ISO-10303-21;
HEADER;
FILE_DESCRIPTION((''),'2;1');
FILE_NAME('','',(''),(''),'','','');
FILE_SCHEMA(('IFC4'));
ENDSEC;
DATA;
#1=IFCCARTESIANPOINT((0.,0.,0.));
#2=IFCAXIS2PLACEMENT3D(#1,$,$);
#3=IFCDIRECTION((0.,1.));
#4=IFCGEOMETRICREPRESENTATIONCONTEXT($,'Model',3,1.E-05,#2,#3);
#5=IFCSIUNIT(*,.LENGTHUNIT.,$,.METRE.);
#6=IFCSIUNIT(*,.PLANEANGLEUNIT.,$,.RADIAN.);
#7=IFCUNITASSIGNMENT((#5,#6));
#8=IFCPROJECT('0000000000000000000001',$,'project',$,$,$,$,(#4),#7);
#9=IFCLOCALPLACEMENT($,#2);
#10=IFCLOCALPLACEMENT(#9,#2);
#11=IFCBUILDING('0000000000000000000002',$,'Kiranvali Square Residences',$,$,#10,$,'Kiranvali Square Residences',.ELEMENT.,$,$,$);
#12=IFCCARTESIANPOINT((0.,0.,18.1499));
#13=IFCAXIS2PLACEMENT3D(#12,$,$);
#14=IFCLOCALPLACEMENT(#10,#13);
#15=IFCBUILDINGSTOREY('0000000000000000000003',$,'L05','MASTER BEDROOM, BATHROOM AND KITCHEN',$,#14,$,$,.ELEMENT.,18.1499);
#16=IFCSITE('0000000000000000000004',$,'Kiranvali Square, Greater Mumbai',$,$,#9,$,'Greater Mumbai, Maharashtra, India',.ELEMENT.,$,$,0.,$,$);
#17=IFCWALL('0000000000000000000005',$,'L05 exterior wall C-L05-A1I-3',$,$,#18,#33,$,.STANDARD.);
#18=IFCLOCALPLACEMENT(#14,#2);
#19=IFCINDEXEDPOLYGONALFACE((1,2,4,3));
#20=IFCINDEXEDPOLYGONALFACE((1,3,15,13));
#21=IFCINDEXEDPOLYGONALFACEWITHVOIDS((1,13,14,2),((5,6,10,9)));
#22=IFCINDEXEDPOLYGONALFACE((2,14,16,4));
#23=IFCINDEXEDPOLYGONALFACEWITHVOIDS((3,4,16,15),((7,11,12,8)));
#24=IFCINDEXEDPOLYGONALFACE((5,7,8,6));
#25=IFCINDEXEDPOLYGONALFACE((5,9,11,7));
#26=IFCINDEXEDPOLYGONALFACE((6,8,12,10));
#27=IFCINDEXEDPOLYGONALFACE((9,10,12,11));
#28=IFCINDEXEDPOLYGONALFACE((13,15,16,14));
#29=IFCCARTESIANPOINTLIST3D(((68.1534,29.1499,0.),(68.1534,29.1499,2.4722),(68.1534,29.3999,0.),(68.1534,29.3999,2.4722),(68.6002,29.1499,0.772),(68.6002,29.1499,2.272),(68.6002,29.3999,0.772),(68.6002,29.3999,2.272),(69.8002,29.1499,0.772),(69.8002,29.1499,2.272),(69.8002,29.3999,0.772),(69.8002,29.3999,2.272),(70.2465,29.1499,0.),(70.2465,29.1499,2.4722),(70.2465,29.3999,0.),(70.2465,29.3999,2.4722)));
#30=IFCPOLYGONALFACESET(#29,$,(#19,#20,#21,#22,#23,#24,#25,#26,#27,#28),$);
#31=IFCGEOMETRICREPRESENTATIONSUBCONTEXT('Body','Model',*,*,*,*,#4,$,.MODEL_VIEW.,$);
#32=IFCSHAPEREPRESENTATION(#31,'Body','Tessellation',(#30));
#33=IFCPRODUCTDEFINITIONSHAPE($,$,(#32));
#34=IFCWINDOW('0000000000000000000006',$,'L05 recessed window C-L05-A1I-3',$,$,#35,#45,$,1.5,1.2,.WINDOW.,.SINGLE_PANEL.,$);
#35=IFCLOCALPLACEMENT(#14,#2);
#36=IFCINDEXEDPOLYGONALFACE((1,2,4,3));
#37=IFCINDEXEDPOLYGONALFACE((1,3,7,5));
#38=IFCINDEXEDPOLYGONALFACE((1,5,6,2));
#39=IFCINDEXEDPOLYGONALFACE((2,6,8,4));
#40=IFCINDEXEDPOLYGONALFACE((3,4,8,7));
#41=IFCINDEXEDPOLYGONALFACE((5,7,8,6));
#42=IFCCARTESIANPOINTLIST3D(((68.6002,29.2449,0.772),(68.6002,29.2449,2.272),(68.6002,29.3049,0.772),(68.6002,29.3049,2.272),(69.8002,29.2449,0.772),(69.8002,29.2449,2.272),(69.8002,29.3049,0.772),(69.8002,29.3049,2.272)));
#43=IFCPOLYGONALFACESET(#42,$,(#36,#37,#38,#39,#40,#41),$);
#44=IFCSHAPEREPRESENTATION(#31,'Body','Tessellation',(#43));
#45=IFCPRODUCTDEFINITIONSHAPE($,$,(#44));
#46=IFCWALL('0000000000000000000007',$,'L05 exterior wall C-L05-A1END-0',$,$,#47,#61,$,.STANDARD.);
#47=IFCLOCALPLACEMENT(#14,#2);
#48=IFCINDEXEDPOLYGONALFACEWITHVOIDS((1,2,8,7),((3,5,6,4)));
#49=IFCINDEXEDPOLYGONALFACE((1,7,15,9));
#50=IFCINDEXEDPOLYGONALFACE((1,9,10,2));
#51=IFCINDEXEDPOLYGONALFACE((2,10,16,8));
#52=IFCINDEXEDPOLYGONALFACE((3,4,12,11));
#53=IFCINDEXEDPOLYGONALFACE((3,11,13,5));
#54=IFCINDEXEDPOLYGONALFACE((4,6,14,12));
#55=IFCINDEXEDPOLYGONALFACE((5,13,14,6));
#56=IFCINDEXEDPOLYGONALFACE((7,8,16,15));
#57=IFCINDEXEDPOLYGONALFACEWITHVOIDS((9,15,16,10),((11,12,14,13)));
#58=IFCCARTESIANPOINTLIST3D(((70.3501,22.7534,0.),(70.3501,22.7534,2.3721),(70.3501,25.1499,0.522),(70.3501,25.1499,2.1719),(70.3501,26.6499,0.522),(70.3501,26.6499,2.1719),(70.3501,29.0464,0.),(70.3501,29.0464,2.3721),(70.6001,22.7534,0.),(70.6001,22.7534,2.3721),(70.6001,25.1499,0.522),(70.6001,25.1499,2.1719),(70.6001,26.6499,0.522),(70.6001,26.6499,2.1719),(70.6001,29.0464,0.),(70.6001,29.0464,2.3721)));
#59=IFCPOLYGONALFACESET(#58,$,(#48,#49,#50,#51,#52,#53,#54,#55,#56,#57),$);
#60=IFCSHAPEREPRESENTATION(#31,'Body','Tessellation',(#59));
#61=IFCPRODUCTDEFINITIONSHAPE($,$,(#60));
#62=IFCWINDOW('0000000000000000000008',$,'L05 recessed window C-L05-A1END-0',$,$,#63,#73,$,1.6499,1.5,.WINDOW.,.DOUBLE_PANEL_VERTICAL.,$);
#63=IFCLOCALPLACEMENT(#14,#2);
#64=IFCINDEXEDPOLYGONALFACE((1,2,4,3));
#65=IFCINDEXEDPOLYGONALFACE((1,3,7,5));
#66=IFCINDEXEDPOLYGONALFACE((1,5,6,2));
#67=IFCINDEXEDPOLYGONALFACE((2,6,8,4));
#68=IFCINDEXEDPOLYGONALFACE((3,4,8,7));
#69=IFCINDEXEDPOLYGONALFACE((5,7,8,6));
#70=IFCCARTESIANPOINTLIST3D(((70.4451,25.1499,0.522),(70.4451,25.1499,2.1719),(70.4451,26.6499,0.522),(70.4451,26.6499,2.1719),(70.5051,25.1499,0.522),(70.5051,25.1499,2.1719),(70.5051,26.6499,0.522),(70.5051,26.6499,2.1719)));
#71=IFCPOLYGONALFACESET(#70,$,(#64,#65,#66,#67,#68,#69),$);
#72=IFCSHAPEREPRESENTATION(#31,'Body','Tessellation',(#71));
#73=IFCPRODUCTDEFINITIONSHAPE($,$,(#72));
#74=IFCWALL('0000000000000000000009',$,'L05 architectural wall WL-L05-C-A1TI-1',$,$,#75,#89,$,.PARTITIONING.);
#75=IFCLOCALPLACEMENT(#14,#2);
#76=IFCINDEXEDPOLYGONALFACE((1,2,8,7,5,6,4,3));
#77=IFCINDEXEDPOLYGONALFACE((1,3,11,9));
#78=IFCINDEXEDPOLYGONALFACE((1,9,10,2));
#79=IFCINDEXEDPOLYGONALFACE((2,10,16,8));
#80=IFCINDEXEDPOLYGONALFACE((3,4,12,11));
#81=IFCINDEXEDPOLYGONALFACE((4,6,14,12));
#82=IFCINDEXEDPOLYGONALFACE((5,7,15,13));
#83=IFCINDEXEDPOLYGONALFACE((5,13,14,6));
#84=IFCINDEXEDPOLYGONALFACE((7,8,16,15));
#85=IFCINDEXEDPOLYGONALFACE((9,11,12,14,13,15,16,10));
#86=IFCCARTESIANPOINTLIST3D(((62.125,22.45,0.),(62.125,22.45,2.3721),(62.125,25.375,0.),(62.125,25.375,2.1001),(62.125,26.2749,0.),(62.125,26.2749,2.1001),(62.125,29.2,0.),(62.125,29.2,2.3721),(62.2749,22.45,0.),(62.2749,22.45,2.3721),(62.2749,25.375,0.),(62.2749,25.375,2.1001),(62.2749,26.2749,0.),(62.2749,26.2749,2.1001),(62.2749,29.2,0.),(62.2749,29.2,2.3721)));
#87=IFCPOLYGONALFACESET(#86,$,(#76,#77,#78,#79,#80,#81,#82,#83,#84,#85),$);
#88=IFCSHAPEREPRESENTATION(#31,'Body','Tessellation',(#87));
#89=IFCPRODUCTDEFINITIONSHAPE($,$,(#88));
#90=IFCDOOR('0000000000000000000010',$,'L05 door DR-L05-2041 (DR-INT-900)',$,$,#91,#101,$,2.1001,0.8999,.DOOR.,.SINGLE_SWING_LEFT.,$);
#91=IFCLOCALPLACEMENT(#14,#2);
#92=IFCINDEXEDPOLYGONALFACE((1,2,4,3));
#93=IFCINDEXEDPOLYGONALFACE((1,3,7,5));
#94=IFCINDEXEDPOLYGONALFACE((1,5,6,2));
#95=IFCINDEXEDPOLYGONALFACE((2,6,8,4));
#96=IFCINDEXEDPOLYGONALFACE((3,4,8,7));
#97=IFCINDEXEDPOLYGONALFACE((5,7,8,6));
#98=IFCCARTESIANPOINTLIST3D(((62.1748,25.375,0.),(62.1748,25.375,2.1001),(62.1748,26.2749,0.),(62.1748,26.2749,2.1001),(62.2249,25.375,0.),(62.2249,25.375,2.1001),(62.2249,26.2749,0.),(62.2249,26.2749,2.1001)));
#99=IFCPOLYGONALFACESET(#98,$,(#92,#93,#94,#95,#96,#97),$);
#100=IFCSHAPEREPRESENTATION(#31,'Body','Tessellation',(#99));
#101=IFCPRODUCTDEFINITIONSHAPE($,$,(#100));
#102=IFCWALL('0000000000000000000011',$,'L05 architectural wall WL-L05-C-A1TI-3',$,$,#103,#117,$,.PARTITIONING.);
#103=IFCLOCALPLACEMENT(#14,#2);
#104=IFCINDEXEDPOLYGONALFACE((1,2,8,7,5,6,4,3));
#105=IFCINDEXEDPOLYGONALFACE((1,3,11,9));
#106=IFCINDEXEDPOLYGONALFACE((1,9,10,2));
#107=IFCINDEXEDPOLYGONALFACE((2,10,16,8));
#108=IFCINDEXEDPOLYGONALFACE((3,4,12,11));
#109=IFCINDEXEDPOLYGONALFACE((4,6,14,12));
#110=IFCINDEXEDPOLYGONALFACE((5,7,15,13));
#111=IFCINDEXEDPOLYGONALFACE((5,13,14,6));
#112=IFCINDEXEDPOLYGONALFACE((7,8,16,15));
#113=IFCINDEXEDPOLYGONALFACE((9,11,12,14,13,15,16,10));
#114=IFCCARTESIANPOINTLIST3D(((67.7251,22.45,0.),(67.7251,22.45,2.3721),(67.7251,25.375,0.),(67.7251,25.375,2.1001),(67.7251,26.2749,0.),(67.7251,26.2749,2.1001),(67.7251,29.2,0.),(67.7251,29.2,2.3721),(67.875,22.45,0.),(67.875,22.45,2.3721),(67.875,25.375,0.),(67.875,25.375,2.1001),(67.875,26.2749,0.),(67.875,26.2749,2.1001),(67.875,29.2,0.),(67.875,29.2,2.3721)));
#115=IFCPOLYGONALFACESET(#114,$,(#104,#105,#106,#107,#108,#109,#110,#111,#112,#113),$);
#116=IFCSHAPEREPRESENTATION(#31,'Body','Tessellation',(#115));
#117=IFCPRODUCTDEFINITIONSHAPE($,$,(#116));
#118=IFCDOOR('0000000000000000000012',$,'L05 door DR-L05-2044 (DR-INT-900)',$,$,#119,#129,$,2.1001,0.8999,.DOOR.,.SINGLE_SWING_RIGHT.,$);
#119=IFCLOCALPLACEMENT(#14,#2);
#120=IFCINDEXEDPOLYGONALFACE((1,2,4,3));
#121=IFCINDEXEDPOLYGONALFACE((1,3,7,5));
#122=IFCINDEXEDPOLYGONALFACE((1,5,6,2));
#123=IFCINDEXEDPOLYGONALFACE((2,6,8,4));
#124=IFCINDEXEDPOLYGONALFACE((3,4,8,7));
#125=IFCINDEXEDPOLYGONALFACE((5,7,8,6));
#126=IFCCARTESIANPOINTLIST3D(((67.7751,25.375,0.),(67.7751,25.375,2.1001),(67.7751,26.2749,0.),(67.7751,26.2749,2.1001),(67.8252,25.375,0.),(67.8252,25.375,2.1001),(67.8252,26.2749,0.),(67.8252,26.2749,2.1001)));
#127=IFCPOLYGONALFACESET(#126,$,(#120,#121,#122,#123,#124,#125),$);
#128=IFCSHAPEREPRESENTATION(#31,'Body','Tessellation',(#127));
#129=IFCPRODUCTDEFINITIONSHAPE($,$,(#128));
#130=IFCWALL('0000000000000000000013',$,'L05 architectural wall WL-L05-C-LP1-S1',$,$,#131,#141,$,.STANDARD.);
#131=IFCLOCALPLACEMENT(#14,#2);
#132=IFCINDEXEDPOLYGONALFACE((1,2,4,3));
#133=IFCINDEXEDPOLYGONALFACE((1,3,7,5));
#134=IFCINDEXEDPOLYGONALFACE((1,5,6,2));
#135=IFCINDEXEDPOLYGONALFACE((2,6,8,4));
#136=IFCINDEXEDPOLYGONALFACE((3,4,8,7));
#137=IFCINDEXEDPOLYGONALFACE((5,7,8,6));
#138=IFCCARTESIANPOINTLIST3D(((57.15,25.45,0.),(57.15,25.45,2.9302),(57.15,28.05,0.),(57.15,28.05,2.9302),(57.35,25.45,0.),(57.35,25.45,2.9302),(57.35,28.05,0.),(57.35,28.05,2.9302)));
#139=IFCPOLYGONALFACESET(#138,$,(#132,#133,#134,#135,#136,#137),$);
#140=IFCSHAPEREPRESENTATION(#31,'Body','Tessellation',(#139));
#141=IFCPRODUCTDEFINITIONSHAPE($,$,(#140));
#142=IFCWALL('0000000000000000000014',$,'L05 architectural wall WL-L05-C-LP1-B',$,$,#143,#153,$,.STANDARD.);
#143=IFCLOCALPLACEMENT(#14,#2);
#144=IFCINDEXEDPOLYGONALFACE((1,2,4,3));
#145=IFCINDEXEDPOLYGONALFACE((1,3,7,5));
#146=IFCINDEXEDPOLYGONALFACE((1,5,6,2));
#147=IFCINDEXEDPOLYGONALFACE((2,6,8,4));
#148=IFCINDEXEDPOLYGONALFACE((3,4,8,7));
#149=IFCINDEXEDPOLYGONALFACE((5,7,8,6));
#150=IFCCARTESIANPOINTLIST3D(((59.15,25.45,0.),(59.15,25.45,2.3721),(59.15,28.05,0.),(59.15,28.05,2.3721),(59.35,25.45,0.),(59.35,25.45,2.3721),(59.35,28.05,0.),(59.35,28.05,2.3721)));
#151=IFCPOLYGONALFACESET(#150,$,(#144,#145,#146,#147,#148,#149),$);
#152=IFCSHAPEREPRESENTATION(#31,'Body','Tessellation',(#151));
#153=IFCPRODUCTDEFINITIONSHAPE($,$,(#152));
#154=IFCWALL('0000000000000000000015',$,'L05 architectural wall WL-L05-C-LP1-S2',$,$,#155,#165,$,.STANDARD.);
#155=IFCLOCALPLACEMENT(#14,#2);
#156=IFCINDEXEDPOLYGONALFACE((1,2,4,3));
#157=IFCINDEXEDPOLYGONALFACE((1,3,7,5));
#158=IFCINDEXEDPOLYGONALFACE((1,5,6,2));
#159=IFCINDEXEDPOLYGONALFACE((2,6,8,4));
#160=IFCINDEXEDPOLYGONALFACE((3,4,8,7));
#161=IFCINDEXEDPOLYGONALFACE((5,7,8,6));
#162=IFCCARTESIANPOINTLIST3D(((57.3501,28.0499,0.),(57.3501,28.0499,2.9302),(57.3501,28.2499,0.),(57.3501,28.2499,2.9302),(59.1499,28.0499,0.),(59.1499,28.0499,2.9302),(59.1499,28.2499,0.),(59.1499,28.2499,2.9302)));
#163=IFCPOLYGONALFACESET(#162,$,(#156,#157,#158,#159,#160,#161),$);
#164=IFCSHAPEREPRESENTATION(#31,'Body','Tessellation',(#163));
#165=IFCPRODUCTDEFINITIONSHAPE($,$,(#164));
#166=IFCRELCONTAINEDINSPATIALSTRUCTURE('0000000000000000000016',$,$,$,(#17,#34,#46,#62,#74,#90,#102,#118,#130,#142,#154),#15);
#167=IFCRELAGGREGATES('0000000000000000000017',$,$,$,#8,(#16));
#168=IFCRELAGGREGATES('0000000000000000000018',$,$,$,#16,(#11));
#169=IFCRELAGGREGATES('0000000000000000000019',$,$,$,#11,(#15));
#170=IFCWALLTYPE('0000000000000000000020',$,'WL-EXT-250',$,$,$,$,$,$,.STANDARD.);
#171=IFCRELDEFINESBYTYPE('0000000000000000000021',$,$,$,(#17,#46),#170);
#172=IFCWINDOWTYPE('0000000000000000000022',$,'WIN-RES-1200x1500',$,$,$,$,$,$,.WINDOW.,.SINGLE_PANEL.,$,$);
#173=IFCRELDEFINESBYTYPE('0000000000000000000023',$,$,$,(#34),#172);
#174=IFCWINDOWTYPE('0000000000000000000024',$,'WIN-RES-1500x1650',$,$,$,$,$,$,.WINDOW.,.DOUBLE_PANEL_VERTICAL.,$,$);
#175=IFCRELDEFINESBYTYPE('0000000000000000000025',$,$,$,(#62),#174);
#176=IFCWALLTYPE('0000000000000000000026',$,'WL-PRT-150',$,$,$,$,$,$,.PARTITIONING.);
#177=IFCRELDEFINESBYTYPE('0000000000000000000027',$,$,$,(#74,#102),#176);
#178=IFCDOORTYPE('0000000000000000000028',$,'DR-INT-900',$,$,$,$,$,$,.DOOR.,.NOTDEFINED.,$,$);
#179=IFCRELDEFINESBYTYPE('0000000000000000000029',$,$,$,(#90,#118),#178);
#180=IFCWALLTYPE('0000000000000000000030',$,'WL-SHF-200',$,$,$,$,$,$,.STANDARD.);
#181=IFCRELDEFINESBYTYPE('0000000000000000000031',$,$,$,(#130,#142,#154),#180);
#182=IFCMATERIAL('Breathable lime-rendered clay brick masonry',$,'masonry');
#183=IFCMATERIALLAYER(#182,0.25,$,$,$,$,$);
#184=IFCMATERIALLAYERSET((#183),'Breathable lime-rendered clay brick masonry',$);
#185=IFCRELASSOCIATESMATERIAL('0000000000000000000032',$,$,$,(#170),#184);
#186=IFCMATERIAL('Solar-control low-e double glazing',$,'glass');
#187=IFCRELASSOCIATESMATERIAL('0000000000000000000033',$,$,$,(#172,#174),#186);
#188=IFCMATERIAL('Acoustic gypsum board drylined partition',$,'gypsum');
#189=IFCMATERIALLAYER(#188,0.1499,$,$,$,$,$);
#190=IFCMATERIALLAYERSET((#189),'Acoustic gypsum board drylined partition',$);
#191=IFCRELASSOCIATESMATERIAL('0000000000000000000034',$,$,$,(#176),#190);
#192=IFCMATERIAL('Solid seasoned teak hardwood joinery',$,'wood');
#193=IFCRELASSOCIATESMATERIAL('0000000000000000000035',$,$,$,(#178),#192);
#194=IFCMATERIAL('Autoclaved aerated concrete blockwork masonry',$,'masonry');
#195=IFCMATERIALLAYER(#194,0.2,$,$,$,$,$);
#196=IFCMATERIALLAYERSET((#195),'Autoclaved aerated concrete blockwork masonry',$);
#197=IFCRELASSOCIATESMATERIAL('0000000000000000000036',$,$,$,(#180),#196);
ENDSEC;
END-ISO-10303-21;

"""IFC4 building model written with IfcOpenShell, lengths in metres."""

from ifc_helpers import new_model, si_unit, direction, frame, frame_2d, origin, place, context, subcontext, project, spatial, rectangle, extrude, material, layer, layer_set, type_object, element, fill, save


model = new_model("IFC4")

# Units and contexts
model_context = context("Model", 3, precision=1e-05, world=origin(), true_north=direction((0.0, 1.0)))
body_context = subcontext(model_context, "Body", "Model", "MODEL_VIEW")
ifc_project = project(units=[si_unit("LENGTHUNIT", "METRE"), si_unit("PLANEANGLEUNIT", "RADIAN")], contexts=[model_context])

# Site, building, storey
site_placement = place(None, origin())
site = spatial("IfcSite", under=ifc_project, at=site_placement, Name="Kiranvali Square, Greater Mumbai", LongName="Greater Mumbai, Maharashtra, India", CompositionType="ELEMENT", RefElevation=0.0)
building_placement = place(site_placement, origin())
building = spatial("IfcBuilding", under=site, at=building_placement, Name="Kiranvali Square Residences", LongName="Kiranvali Square Residences", CompositionType="ELEMENT")
storey_placement = place(building_placement, frame((0.0, 0.0, 18.1499)))
storey = spatial("IfcBuildingStorey", under=building, at=storey_placement, Name="L05", Description="MASTER BEDROOM, BATHROOM AND KITCHEN", CompositionType="ELEMENT", Elevation=18.1499)

# Shared definitions
ifc_material_1 = material(Name="Autoclaved aerated concrete blockwork masonry", Category="masonry")

# Walls, openings, windows
ifc_material_2 = material(Name="Breathable lime-rendered clay brick masonry", Category="masonry")
ifc_layer_1 = layer(ifc_material_2, 0.25)
ifc_layer_set_1 = layer_set([ifc_layer_1], Name="Breathable lime-rendered clay brick masonry")
wall_type_1 = type_object("IfcWallType", Name="WL-EXT-250", PredefinedType="STANDARD", material=ifc_layer_set_1)
ifc_material_3 = material(Name="Solar-control low-e double glazing", Category="glass")
window_type_1 = type_object("IfcWindowType", Name="WIN-RES-1200x1500", PartitioningType="SINGLE_PANEL", PredefinedType="WINDOW", material=ifc_material_3)
wall_1_placement = place(storey_placement, frame((68.1536, 29.2749, 0.0), z_axis=(0.0, 0.0, 1.0), x_axis=(1.0, 0.0, 0.0)))
wall_1 = element("IfcWall", 1, at=wall_1_placement, inside=storey, type_object=wall_type_1, Name="L05 exterior wall C-L05-A1I-3", PredefinedType="STANDARD", context=body_context, shape_type="SweptSolid", body=[
    extrude(rectangle(XDim=2.093, YDim=0.25, at=frame_2d((1.0464, 0.0))), origin(), (0.0, 0.0, 1.0), 2.4722),
])
opening_1_placement = place(wall_1_placement, frame((0.4465, 0.0, 0.772)))
opening_1 = element("IfcOpeningElement", 2, at=opening_1_placement, cuts=wall_1, PredefinedType="OPENING", context=body_context, shape_type="SweptSolid", body=[
    extrude(rectangle(XDim=1.2, YDim=1.5, at=frame_2d((0.6001, 0.75))), frame((0.0, 0.135, 0.0), z_axis=(0.0, -1.0, 0.0), x_axis=(1.0, 0.0, 0.0)), (0.0, 0.0, 1.0), 0.27),
])
window_1_placement = place(opening_1_placement, origin())
window_1 = element("IfcWindow", 3, at=window_1_placement, inside=storey, type_object=window_type_1, Name="L05 recessed window C-L05-A1I-3", OverallHeight=1.5, OverallWidth=1.2, PartitioningType="SINGLE_PANEL", PredefinedType="WINDOW", context=body_context, shape_type="SweptSolid", body=[
    extrude(rectangle(XDim=1.2, YDim=1.5, at=frame_2d((0.6001, 0.75))), frame((0.0, 0.03, 0.0), z_axis=(0.0, -1.0, 0.0), x_axis=(1.0, 0.0, 0.0)), (0.0, 0.0, 1.0), 0.0601),
])
fill(opening_1, window_1)
wall_2_placement = place(storey_placement, frame((70.4751, 29.0464, 0.0), z_axis=(0.0, 0.0, 1.0), x_axis=(0.0, -1.0, 0.0)))
wall_2 = element("IfcWall", 4, at=wall_2_placement, inside=storey, type_object=wall_type_1, Name="L05 exterior wall C-L05-A1END-0", PredefinedType="STANDARD", context=body_context, shape_type="SweptSolid", body=[
    extrude(rectangle(XDim=6.293, YDim=0.25, at=frame_2d((3.1465, 0.0))), origin(), (0.0, 0.0, 1.0), 2.3721),
])
opening_2_placement = place(wall_2_placement, frame((2.3965, 0.0, 0.522)))
opening_2 = element("IfcOpeningElement", 5, at=opening_2_placement, cuts=wall_2, PredefinedType="OPENING", context=body_context, shape_type="SweptSolid", body=[
    extrude(rectangle(XDim=1.5, YDim=1.6499, at=frame_2d((0.75, 0.825))), frame((0.0, 0.135, 0.0), z_axis=(0.0, -1.0, 0.0), x_axis=(1.0, 0.0, 0.0)), (0.0, 0.0, 1.0), 0.27),
])
window_type_2 = type_object("IfcWindowType", Name="WIN-RES-1500x1650", PartitioningType="DOUBLE_PANEL_VERTICAL", PredefinedType="WINDOW", material=ifc_material_3)
window_2_placement = place(opening_2_placement, origin())
window_2 = element("IfcWindow", 6, at=window_2_placement, inside=storey, type_object=window_type_2, Name="L05 recessed window C-L05-A1END-0", OverallHeight=1.6499, OverallWidth=1.5, PartitioningType="DOUBLE_PANEL_VERTICAL", PredefinedType="WINDOW", context=body_context, shape_type="SweptSolid", body=[
    extrude(rectangle(XDim=1.5, YDim=1.6499, at=frame_2d((0.75, 0.825))), frame((0.0, 0.03, 0.0), z_axis=(0.0, -1.0, 0.0), x_axis=(1.0, 0.0, 0.0)), (0.0, 0.0, 1.0), 0.0601),
])
fill(opening_2, window_2)

# Walls, openings, doors
ifc_material_4 = material(Name="Acoustic gypsum board drylined partition", Category="gypsum")
ifc_layer_2 = layer(ifc_material_4, 0.1499)
ifc_layer_set_2 = layer_set([ifc_layer_2], Name="Acoustic gypsum board drylined partition")
wall_type_2 = type_object("IfcWallType", Name="WL-PRT-150", PredefinedType="PARTITIONING", material=ifc_layer_set_2)
wall_3_placement = place(storey_placement, frame((62.2, 29.2, 0.0), z_axis=(0.0, 0.0, 1.0), x_axis=(0.0, -1.0, 0.0)))
wall_3 = element("IfcWall", 7, at=wall_3_placement, inside=storey, type_object=wall_type_2, Name="L05 architectural wall WL-L05-C-A1TI-1", PredefinedType="PARTITIONING", context=body_context, shape_type="SweptSolid", body=[
    extrude(rectangle(XDim=6.75, YDim=0.1499, at=frame_2d((3.375, 0.0))), origin(), (0.0, 0.0, 1.0), 2.3721),
])
opening_3_placement = place(wall_3_placement, frame((2.925, 0.0, 0.0)))
opening_3 = element("IfcOpeningElement", 8, at=opening_3_placement, cuts=wall_3, PredefinedType="OPENING", context=body_context, shape_type="SweptSolid", body=[
    extrude(rectangle(XDim=0.8999, YDim=2.1001, at=frame_2d((0.45, 1.05))), frame((0.0, 0.085, 0.0), z_axis=(0.0, -1.0, 0.0), x_axis=(1.0, 0.0, 0.0)), (0.0, 0.0, 1.0), 0.1699),
])
ifc_material_5 = material(Name="Solid seasoned teak hardwood joinery", Category="wood")
door_type_1 = type_object("IfcDoorType", Name="DR-INT-900", OperationType="NOTDEFINED", PredefinedType="DOOR", material=ifc_material_5)
door_1_placement = place(opening_3_placement, origin())
door_1 = element("IfcDoor", 9, at=door_1_placement, inside=storey, type_object=door_type_1, Name="L05 door DR-L05-2041 (DR-INT-900)", OperationType="SINGLE_SWING_LEFT", OverallHeight=2.1001, OverallWidth=0.8999, PredefinedType="DOOR", context=body_context, shape_type="SweptSolid", body=[
    extrude(rectangle(XDim=0.8999, YDim=2.1001, at=frame_2d((0.45, 1.05))), frame((0.0, 0.0249, 0.0), z_axis=(0.0, -1.0, 0.0), x_axis=(1.0, 0.0, 0.0)), (0.0, 0.0, 1.0), 0.05),
])
fill(opening_3, door_1)
wall_4_placement = place(storey_placement, frame((67.8, 29.2, 0.0), z_axis=(0.0, 0.0, 1.0), x_axis=(0.0, -1.0, 0.0)))
wall_4 = element("IfcWall", 10, at=wall_4_placement, inside=storey, type_object=wall_type_2, Name="L05 architectural wall WL-L05-C-A1TI-3", PredefinedType="PARTITIONING", context=body_context, shape_type="SweptSolid", body=[
    extrude(rectangle(XDim=6.75, YDim=0.1499, at=frame_2d((3.375, 0.0))), origin(), (0.0, 0.0, 1.0), 2.3721),
])
opening_4_placement = place(wall_4_placement, frame((2.925, 0.0, 0.0)))
opening_4 = element("IfcOpeningElement", 11, at=opening_4_placement, cuts=wall_4, PredefinedType="OPENING", context=body_context, shape_type="SweptSolid", body=[
    extrude(rectangle(XDim=0.8999, YDim=2.1001, at=frame_2d((0.45, 1.05))), frame((0.0, 0.085, 0.0), z_axis=(0.0, -1.0, 0.0), x_axis=(1.0, 0.0, 0.0)), (0.0, 0.0, 1.0), 0.1699),
])
door_2_placement = place(opening_4_placement, frame((0.8999, 0.0, 0.0), z_axis=(0.0, 0.0, 1.0), x_axis=(-1.0, 0.0, 0.0)))
door_2 = element("IfcDoor", 12, at=door_2_placement, inside=storey, type_object=door_type_1, Name="L05 door DR-L05-2044 (DR-INT-900)", OperationType="SINGLE_SWING_RIGHT", OverallHeight=2.1001, OverallWidth=0.8999, PredefinedType="DOOR", context=body_context, shape_type="SweptSolid", body=[
    extrude(rectangle(XDim=0.8999, YDim=2.1001, at=frame_2d((0.45, 1.05))), frame((0.0, 0.0249, 0.0), z_axis=(0.0, -1.0, 0.0), x_axis=(1.0, 0.0, 0.0)), (0.0, 0.0, 1.0), 0.05),
])
fill(opening_4, door_2)

# Walls
ifc_layer_3 = layer(ifc_material_1, 0.2)
ifc_layer_set_3 = layer_set([ifc_layer_3], Name="Autoclaved aerated concrete blockwork masonry")
wall_type_3 = type_object("IfcWallType", Name="WL-SHF-200", PredefinedType="STANDARD", material=ifc_layer_set_3)
wall_5_placement = place(storey_placement, frame((57.25, 28.05, 0.0), z_axis=(0.0, 0.0, 1.0), x_axis=(0.0, -1.0, 0.0)))
element("IfcWall", 13, at=wall_5_placement, inside=storey, type_object=wall_type_3, Name="L05 architectural wall WL-L05-C-LP1-S1", PredefinedType="STANDARD", context=body_context, shape_type="SweptSolid", body=[
    extrude(rectangle(XDim=2.6001, YDim=0.2, at=frame_2d((1.3, 0.0))), origin(), (0.0, 0.0, 1.0), 2.9302),
])
wall_6_placement = place(storey_placement, frame((59.25, 28.05, 0.0), z_axis=(0.0, 0.0, 1.0), x_axis=(0.0, -1.0, 0.0)))
element("IfcWall", 14, at=wall_6_placement, inside=storey, type_object=wall_type_3, Name="L05 architectural wall WL-L05-C-LP1-B", PredefinedType="STANDARD", context=body_context, shape_type="SweptSolid", body=[
    extrude(rectangle(XDim=2.6001, YDim=0.2, at=frame_2d((1.3, 0.0))), origin(), (0.0, 0.0, 1.0), 2.3721),
])
wall_7_placement = place(storey_placement, frame((57.3501, 28.1499, 0.0), z_axis=(0.0, 0.0, 1.0), x_axis=(1.0, 0.0, 0.0)))
element("IfcWall", 15, at=wall_7_placement, inside=storey, type_object=wall_type_3, Name="L05 architectural wall WL-L05-C-LP1-S2", PredefinedType="STANDARD", context=body_context, shape_type="SweptSolid", body=[
    extrude(rectangle(XDim=1.7998, YDim=0.2, at=frame_2d((0.8999, 0.0))), origin(), (0.0, 0.0, 1.0), 2.9302),
])

save(model, "model.ifc")
